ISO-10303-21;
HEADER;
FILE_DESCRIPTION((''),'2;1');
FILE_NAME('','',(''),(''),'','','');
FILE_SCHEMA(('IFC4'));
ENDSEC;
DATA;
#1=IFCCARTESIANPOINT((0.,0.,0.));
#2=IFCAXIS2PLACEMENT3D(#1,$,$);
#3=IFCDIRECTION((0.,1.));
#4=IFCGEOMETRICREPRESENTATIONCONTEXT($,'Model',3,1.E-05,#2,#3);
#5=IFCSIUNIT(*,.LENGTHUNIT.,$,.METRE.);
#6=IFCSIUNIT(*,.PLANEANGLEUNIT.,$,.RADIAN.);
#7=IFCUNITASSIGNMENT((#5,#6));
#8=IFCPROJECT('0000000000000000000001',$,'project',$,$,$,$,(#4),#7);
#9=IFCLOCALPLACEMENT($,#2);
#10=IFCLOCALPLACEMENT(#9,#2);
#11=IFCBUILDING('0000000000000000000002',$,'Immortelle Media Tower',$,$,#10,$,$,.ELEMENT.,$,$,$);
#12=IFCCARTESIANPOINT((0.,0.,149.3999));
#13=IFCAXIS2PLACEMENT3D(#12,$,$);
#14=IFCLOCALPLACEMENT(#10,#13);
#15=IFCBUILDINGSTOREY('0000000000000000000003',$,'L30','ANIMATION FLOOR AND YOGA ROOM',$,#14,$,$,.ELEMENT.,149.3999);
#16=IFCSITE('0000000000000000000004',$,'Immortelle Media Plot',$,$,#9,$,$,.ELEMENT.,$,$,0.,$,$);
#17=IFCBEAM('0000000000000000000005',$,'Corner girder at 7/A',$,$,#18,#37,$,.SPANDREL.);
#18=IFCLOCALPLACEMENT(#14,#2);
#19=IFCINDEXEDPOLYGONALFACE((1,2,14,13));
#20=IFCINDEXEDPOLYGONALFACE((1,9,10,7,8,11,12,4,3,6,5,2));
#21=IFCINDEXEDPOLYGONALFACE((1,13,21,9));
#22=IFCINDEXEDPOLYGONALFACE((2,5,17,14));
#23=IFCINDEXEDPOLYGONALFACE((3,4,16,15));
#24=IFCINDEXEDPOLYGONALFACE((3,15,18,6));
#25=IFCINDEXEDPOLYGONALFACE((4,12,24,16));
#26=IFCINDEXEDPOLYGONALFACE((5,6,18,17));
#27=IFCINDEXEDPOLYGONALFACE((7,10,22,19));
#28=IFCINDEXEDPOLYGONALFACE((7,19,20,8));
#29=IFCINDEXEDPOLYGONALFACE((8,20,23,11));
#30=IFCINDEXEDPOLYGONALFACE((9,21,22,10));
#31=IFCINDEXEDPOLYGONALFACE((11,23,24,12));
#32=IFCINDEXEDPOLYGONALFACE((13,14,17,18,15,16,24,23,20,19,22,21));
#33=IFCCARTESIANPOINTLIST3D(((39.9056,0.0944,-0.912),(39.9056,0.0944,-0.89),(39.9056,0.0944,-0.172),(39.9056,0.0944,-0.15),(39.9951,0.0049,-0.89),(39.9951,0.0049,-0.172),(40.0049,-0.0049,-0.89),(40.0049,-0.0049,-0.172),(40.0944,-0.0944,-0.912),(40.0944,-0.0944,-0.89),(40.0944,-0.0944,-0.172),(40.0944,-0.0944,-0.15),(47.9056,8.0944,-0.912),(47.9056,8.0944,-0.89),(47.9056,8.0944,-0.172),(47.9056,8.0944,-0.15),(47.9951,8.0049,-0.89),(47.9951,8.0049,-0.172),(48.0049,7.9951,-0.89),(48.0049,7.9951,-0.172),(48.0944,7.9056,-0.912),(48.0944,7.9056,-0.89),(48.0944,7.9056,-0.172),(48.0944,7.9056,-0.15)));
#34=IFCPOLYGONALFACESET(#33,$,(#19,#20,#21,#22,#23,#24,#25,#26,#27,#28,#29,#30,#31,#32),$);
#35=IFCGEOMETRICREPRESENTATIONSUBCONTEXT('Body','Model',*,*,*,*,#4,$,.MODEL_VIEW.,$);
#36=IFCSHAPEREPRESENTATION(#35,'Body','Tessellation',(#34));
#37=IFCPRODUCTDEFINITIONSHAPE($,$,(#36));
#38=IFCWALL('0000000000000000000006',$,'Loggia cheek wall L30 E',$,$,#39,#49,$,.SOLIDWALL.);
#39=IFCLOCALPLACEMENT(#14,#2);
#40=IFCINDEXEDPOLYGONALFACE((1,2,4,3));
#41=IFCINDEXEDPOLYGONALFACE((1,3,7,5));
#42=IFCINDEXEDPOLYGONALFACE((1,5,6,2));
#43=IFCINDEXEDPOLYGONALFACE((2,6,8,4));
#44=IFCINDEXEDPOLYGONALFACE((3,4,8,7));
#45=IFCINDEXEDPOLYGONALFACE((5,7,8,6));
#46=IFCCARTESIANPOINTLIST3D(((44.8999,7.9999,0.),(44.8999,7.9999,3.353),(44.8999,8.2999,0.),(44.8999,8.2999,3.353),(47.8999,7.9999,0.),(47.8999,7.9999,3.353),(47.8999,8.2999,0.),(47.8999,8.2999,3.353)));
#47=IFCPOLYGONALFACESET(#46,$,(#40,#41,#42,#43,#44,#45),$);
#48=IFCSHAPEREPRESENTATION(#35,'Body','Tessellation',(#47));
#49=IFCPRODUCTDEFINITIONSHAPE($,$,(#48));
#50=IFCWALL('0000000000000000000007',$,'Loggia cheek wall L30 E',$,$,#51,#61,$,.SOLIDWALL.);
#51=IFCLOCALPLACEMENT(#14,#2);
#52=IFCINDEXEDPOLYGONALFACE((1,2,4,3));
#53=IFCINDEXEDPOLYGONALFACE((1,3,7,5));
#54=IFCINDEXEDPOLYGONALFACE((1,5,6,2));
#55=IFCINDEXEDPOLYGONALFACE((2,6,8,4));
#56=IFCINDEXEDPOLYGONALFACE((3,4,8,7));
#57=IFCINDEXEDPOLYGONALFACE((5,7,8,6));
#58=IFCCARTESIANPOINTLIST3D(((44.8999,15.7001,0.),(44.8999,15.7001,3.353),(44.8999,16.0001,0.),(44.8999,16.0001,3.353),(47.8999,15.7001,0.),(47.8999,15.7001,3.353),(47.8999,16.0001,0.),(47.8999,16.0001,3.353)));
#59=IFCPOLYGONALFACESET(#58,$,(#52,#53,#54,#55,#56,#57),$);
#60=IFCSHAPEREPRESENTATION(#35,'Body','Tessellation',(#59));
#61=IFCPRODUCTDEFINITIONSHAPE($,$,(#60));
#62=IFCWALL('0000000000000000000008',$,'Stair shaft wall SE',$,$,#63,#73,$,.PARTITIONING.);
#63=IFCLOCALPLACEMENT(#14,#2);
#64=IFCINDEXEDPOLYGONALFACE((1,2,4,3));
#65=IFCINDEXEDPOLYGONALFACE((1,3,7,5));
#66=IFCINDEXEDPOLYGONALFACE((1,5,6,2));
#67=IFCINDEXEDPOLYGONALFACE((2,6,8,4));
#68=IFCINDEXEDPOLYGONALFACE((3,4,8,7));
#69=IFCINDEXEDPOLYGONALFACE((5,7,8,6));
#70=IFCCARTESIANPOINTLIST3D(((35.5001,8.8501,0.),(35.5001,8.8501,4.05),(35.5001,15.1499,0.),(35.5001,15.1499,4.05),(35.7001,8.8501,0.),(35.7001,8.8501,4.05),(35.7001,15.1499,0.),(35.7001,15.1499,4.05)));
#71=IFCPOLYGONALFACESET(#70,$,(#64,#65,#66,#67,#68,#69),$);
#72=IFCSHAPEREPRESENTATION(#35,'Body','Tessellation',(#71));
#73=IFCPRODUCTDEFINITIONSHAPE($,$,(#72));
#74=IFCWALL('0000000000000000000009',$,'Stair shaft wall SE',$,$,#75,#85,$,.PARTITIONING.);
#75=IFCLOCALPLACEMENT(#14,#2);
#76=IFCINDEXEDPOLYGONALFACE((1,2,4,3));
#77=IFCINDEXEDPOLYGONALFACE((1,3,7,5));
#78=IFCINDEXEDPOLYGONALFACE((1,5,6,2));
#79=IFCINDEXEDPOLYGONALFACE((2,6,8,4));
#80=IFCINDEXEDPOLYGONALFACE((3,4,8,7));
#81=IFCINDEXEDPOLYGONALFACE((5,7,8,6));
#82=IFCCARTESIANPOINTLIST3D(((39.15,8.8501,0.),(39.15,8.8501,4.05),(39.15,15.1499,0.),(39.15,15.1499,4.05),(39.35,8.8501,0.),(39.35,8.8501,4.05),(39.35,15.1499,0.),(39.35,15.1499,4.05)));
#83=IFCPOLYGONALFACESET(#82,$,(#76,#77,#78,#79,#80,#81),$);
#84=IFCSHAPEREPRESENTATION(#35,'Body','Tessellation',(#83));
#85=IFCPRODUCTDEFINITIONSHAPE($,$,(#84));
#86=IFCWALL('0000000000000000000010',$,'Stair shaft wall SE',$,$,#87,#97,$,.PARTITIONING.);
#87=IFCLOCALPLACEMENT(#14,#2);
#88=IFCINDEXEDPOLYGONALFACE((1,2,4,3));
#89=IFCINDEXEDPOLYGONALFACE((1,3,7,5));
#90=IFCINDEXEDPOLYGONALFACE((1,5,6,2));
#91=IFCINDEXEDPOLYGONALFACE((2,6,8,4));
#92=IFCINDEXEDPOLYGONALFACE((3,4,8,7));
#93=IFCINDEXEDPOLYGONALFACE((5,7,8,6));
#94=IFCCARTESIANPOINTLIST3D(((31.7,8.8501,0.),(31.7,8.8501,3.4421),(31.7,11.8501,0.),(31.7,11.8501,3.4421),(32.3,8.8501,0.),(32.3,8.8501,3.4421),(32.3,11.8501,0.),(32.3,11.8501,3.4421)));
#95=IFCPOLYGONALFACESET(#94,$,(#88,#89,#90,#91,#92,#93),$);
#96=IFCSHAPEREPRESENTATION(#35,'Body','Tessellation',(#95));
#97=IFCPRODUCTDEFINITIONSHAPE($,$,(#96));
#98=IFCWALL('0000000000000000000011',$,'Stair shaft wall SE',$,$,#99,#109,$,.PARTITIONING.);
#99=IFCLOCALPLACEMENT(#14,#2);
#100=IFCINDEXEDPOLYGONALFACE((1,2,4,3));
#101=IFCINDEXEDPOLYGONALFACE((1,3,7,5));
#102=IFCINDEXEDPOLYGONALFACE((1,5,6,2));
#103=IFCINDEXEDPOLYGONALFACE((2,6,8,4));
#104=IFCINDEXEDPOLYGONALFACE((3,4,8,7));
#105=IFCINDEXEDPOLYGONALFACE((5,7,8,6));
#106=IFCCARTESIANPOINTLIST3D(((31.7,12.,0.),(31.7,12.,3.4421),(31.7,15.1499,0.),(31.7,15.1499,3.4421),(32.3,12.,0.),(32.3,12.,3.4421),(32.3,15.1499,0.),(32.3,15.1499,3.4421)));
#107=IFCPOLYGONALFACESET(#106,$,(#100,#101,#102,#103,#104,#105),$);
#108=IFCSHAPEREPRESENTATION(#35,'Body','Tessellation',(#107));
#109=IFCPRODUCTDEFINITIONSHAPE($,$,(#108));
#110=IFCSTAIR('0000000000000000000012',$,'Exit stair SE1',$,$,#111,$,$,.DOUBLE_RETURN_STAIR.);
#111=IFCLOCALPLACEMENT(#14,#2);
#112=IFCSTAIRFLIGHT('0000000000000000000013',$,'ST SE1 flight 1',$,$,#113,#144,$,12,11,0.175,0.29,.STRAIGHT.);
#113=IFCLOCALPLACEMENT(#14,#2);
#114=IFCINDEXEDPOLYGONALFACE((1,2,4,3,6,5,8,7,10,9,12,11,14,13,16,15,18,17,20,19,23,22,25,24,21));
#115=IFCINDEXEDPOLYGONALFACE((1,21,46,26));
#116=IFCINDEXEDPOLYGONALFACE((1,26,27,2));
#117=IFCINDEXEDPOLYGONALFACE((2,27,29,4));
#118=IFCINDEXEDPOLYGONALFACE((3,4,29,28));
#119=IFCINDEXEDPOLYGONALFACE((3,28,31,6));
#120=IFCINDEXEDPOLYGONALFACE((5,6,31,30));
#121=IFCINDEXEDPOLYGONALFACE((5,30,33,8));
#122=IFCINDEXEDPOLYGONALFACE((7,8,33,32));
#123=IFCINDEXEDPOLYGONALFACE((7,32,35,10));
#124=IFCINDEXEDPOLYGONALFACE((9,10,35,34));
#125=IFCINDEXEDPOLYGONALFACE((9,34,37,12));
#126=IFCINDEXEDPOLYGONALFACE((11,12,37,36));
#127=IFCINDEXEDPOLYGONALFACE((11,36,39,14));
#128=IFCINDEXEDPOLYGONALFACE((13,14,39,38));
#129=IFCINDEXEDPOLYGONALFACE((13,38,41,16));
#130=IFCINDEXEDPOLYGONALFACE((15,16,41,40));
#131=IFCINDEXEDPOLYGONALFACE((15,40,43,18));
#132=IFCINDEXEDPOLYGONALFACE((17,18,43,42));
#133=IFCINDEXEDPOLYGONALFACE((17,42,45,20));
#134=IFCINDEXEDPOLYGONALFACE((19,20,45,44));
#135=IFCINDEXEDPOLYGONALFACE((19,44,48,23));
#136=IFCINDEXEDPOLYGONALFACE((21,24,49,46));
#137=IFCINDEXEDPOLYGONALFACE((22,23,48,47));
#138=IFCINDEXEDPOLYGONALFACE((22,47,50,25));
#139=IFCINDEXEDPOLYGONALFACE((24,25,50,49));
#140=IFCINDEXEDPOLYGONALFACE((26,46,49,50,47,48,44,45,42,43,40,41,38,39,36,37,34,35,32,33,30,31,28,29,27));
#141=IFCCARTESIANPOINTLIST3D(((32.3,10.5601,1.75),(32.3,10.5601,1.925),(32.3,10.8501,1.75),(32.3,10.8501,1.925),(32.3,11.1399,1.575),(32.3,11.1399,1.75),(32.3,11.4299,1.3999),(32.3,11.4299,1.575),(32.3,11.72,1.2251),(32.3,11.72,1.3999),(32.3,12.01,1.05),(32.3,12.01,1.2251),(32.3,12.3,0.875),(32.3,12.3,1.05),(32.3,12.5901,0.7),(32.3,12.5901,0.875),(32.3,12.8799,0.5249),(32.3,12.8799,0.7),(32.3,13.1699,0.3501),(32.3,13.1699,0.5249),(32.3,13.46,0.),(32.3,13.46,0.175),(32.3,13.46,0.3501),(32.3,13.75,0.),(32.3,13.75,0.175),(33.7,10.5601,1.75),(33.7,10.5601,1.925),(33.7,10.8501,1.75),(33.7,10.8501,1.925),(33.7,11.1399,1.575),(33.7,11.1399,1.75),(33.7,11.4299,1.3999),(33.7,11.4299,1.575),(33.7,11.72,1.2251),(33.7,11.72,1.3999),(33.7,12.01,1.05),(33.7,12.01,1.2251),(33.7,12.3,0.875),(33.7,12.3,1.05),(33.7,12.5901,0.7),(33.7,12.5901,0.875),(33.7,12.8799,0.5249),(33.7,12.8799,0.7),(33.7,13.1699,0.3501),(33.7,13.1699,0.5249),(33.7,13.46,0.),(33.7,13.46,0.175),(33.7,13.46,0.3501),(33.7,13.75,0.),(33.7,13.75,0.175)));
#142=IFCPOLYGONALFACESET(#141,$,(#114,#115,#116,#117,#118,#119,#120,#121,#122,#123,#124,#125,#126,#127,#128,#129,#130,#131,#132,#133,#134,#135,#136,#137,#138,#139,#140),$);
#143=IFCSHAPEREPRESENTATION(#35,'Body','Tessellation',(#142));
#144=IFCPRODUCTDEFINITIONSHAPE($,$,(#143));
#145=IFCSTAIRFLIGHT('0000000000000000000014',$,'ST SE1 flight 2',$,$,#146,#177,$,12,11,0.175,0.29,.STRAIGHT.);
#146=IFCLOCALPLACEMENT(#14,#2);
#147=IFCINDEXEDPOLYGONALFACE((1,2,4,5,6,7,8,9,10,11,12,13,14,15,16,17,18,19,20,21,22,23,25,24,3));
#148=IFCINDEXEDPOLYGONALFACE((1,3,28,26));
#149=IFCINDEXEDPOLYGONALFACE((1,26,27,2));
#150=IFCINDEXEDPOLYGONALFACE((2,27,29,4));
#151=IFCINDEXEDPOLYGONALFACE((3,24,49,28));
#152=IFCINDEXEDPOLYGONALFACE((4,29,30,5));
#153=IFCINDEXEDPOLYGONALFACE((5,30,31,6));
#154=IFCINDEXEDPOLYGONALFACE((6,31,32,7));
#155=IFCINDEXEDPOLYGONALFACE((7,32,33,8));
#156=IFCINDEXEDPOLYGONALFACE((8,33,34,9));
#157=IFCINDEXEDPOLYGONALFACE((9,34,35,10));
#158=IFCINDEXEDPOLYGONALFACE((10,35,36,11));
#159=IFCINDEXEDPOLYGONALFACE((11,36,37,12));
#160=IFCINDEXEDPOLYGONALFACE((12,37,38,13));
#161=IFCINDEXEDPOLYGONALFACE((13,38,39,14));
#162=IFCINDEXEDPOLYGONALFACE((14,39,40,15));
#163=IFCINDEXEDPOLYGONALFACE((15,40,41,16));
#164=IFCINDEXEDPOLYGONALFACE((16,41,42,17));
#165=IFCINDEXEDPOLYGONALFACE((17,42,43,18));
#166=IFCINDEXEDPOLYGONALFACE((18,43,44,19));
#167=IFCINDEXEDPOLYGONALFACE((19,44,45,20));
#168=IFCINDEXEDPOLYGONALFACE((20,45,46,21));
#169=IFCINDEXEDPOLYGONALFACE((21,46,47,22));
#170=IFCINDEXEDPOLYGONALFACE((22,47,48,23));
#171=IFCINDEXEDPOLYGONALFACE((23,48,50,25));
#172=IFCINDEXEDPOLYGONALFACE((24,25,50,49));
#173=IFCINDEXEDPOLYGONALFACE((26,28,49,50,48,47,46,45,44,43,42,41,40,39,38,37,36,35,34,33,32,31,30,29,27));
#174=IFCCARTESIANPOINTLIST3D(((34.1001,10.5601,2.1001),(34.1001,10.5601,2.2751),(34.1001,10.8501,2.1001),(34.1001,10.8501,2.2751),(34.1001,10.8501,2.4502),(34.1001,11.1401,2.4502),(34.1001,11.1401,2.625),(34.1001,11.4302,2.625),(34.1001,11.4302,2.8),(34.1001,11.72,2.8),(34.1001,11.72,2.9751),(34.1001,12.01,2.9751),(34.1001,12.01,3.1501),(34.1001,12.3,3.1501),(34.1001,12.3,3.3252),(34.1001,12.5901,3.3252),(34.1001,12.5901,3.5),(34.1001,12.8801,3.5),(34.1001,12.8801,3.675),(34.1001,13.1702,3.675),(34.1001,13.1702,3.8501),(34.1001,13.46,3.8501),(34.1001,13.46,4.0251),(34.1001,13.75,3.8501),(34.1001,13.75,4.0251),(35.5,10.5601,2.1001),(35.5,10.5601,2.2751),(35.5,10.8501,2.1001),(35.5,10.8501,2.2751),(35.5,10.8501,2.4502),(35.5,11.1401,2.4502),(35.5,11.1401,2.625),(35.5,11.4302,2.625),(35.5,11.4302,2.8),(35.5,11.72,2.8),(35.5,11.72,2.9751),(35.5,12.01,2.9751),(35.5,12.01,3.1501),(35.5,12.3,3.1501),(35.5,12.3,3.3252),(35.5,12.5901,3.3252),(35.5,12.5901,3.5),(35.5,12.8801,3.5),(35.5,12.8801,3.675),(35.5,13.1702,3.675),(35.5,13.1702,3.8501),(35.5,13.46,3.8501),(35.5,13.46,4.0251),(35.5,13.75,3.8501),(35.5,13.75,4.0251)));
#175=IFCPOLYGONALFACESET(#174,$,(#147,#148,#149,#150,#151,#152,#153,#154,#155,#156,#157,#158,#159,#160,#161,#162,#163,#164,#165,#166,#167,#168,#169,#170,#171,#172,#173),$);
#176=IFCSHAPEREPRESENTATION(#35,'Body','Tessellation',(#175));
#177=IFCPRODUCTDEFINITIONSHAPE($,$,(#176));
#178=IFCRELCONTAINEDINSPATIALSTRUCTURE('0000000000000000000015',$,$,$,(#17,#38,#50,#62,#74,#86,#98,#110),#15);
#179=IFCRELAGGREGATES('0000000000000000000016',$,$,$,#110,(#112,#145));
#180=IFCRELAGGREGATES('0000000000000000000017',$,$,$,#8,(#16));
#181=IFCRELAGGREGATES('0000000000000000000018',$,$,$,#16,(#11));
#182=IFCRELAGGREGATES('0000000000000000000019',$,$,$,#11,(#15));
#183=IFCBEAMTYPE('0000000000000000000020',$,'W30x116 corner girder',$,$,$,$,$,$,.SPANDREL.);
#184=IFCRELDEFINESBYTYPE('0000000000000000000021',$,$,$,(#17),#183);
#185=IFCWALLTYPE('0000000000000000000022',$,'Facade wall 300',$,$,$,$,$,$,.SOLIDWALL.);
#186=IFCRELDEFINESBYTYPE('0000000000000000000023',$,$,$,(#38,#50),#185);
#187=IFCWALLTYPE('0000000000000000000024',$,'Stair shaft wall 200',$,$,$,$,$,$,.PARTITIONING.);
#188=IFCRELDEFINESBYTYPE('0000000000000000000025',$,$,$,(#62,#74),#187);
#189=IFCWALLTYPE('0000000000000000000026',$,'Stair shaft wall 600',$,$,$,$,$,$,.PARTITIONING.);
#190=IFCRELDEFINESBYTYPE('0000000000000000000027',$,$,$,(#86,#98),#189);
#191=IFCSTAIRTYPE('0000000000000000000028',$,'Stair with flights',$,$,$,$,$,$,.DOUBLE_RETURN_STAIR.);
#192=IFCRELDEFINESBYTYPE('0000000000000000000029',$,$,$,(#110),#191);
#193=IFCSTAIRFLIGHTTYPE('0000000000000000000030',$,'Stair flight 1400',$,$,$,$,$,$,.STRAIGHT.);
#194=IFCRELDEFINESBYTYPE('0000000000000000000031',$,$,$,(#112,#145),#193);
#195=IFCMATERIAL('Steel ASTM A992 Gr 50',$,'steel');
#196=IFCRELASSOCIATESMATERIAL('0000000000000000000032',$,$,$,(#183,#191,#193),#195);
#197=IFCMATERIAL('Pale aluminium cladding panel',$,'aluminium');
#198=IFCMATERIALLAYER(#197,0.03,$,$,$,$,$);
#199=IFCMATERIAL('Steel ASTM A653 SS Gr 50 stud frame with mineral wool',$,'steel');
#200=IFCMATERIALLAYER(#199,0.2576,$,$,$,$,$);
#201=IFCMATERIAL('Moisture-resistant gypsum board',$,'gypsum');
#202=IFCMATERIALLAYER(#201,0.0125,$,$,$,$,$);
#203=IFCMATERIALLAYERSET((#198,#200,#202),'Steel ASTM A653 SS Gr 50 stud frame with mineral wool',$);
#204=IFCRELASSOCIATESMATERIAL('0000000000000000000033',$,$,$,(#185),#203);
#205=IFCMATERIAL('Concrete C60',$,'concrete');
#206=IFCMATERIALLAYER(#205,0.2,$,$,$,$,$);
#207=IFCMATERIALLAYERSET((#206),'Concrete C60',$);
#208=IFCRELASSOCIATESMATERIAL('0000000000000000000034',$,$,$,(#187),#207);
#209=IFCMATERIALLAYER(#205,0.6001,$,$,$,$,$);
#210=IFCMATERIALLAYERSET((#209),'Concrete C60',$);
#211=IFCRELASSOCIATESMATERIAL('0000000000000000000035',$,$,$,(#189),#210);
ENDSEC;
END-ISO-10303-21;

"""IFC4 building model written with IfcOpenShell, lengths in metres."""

from ifc_helpers import new_model, si_unit, direction, frame, frame_2d, origin, origin_2d, place, context, subcontext, project, spatial, polyline, rectangle, i_section, outline, extrude, material, layer, layer_set, material_profile, profile_set, type_object, element, aggregate, save


model = new_model("IFC4")

# Units and contexts
model_context = context("Model", 3, precision=1e-05, world=origin(), true_north=direction((0.0, 1.0)))
body_context = subcontext(model_context, "Body", "Model", "MODEL_VIEW")
ifc_project = project(units=[si_unit("LENGTHUNIT", "METRE"), si_unit("PLANEANGLEUNIT", "RADIAN")], contexts=[model_context])

# Site, building, storey
site_placement = place(None, origin())
site = spatial("IfcSite", under=ifc_project, at=site_placement, Name="Immortelle Media Plot", CompositionType="ELEMENT", RefElevation=0.0)
building_placement = place(site_placement, origin())
building = spatial("IfcBuilding", under=site, at=building_placement, Name="Immortelle Media Tower", CompositionType="ELEMENT")
storey_placement = place(building_placement, frame((0.0, 0.0, 149.3999)))
storey = spatial("IfcBuildingStorey", under=building, at=storey_placement, Name="L30", Description="ANIMATION FLOOR AND YOGA ROOM", CompositionType="ELEMENT", Elevation=149.3999)

# Shared definitions
ifc_material_1 = material(Name="Steel ASTM A992 Gr 50", Category="steel")

# Beam
ifc_material_profile_1 = material_profile(ifc_material_1, i_section(OverallWidth=0.2671, OverallDepth=0.762, WebThickness=0.0139, FlangeThickness=0.022, at=origin_2d()), Name="W30x116")
ifc_profile_set_1 = profile_set([ifc_material_profile_1], Name="Steel ASTM A992 Gr 50")
beam_type_1 = type_object("IfcBeamType", Name="W30x116 corner girder", PredefinedType="SPANDREL", material=ifc_profile_set_1)
beam_1_placement = place(storey_placement, frame((48.0, 8.0, -0.531), z_axis=(-0.707107, -0.707107, 0.0), x_axis=(0.707107, -0.707107, 0.0)))
element("IfcBeam", 1, at=beam_1_placement, inside=storey, type_object=beam_type_1, Name="Corner girder at 7/A", PredefinedType="SPANDREL", context=body_context, shape_type="SweptSolid", body=[
    extrude(i_section(OverallWidth=0.2671, OverallDepth=0.762, WebThickness=0.0139, FlangeThickness=0.022, at=origin_2d()), origin(), (0.0, 0.0, 1.0), 11.3137),
])

# Shared definitions
ifc_material_2 = material(Name="Pale aluminium cladding panel", Category="aluminium")
ifc_layer_1 = layer(ifc_material_2, 0.03)
ifc_material_3 = material(Name="Steel ASTM A653 SS Gr 50 stud frame with mineral wool", Category="steel")
ifc_layer_2 = layer(ifc_material_3, 0.2576)
ifc_material_4 = material(Name="Moisture-resistant gypsum board", Category="gypsum")
ifc_layer_3 = layer(ifc_material_4, 0.0125)
ifc_layer_set_1 = layer_set([ifc_layer_1, ifc_layer_2, ifc_layer_3], Name="Steel ASTM A653 SS Gr 50 stud frame with mineral wool")
wall_type_1 = type_object("IfcWallType", Name="Facade wall 300", PredefinedType="SOLIDWALL", material=ifc_layer_set_1)

# Walls
for number, where, z_axis, x_axis, name in (
    (2, (47.8999, 8.1499, 0.0), (0.0, 0.0, 1.0), (-1.0, 0.0, 0.0), "Loggia cheek wall L30 E"),
    (3, (47.8999, 15.8501, 0.0), (0.0, 0.0, 1.0), (-1.0, 0.0, 0.0), "Loggia cheek wall L30 E"),
):
    element("IfcWall", number, at=place(storey_placement, frame(where, z_axis=z_axis, x_axis=x_axis)), inside=storey, type_object=wall_type_1, Name=name, PredefinedType="SOLIDWALL", context=body_context, shape_type="SweptSolid", body=[
        extrude(rectangle(XDim=3.0, YDim=0.3, at=frame_2d((1.5, 0.0))), origin(), (0.0, 0.0, 1.0), 3.353),
    ])
ifc_material_5 = material(Name="Concrete C60", Category="concrete")
ifc_layer_4 = layer(ifc_material_5, 0.2)
ifc_layer_set_2 = layer_set([ifc_layer_4], Name="Concrete C60")
wall_type_2 = type_object("IfcWallType", Name="Stair shaft wall 200", PredefinedType="PARTITIONING", material=ifc_layer_set_2)
for number, where, z_axis, x_axis, name in (
    (4, (35.6001, 8.8501, 0.0), (0.0, 0.0, 1.0), (0.0, 1.0, 0.0), "Stair shaft wall SE"),
    (5, (39.25, 8.8501, 0.0), (0.0, 0.0, 1.0), (0.0, 1.0, 0.0), "Stair shaft wall SE"),
):
    element("IfcWall", number, at=place(storey_placement, frame(where, z_axis=z_axis, x_axis=x_axis)), inside=storey, type_object=wall_type_2, Name=name, PredefinedType="PARTITIONING", context=body_context, shape_type="SweptSolid", body=[
        extrude(rectangle(XDim=6.2998, YDim=0.2, at=frame_2d((3.1499, 0.0))), origin(), (0.0, 0.0, 1.0), 4.05),
    ])
ifc_layer_5 = layer(ifc_material_5, 0.6001)
ifc_layer_set_3 = layer_set([ifc_layer_5], Name="Concrete C60")
wall_type_3 = type_object("IfcWallType", Name="Stair shaft wall 600", PredefinedType="PARTITIONING", material=ifc_layer_set_3)
wall_1_placement = place(storey_placement, frame((32.0, 8.8501, 0.0), z_axis=(0.0, 0.0, 1.0), x_axis=(0.0, 1.0, 0.0)))
element("IfcWall", 6, at=wall_1_placement, inside=storey, type_object=wall_type_3, Name="Stair shaft wall SE", PredefinedType="PARTITIONING", context=body_context, shape_type="SweptSolid", body=[
    extrude(rectangle(XDim=3.0, YDim=0.6001, at=frame_2d((1.5, 0.0))), origin(), (0.0, 0.0, 1.0), 3.4421),
])
wall_2_placement = place(storey_placement, frame((32.0, 12.0, 0.0), z_axis=(0.0, 0.0, 1.0), x_axis=(0.0, 1.0, 0.0)))
element("IfcWall", 7, at=wall_2_placement, inside=storey, type_object=wall_type_3, Name="Stair shaft wall SE", PredefinedType="PARTITIONING", context=body_context, shape_type="SweptSolid", body=[
    extrude(rectangle(XDim=3.1499, YDim=0.6001, at=frame_2d((1.575, 0.0))), origin(), (0.0, 0.0, 1.0), 3.4421),
])

# Stair, stair flights
stair_type = type_object("IfcStairType", Name="Stair with flights", PredefinedType="DOUBLE_RETURN_STAIR", material=ifc_material_1)
stair_1_placement = place(storey_placement, origin())
stair_1 = element("IfcStair", 8, at=stair_1_placement, inside=storey, type_object=stair_type, Name="Exit stair SE1", PredefinedType="DOUBLE_RETURN_STAIR")
stair_flight_type = type_object("IfcStairFlightType", Name="Stair flight 1400", PredefinedType="STRAIGHT", material=ifc_material_1)
stair_flight_1_placement = place(storey_placement, frame((33.0, 13.75, 0.0), z_axis=(0.0, 0.0, 1.0), x_axis=(0.0, -1.0, 0.0)))
stair_flight_1 = element("IfcStairFlight", 9, at=stair_flight_1_placement, type_object=stair_flight_type, Name="ST SE1 flight 1", NumberOfRisers=12, NumberOfTreads=11, PredefinedType="STRAIGHT", RiserHeight=0.175, TreadLength=0.29, context=body_context, shape_type="SweptSolid", body=[
    extrude(outline(polyline([(0.0, 0.0), (0.0, 0.175), (0.29, 0.175), (0.29, 0.3501), (0.5801, 0.3501), (0.5801, 0.5249), (0.8701, 0.5249), (0.8701, 0.7), (1.1599, 0.7), (1.1599, 0.875), (1.45, 0.875), (1.45, 1.05), (1.74, 1.05), (1.74, 1.2251), (2.03, 1.2251), (2.03, 1.3999), (2.3201, 1.3999), (2.3201, 1.575), (2.6101, 1.575), (2.6101, 1.75), (2.8999, 1.75), (2.8999, 1.925), (3.1899, 1.925), (3.1899, 2.1001), (3.1899, 1.75), (0.29, 0.0), (0.0, 0.0)])), frame((0.0, 0.7, 0.0), z_axis=(0.0, -1.0, 0.0), x_axis=(1.0, 0.0, 0.0)), (0.0, 0.0, 1.0), 1.3999),
])
stair_flight_2_placement = place(storey_placement, frame((34.8, 10.5601, 2.1001), z_axis=(0.0, 0.0, 1.0), x_axis=(0.0, 1.0, 0.0)))
stair_flight_2 = element("IfcStairFlight", 10, at=stair_flight_2_placement, type_object=stair_flight_type, Name="ST SE1 flight 2", NumberOfRisers=12, NumberOfTreads=11, PredefinedType="STRAIGHT", RiserHeight=0.175, TreadLength=0.29, context=body_context, shape_type="SweptSolid", body=[
    extrude(outline(polyline([(0.0, 0.0), (0.0, 0.175), (0.29, 0.175), (0.29, 0.3501), (0.5801, 0.3501), (0.5801, 0.5249), (0.8701, 0.5249), (0.8701, 0.7), (1.1599, 0.7), (1.1599, 0.875), (1.45, 0.875), (1.45, 1.05), (1.74, 1.05), (1.74, 1.2251), (2.03, 1.2251), (2.03, 1.3999), (2.3201, 1.3999), (2.3201, 1.575), (2.6101, 1.575), (2.6101, 1.75), (2.8999, 1.75), (2.8999, 1.925), (3.1899, 1.925), (3.1899, 2.1001), (3.1899, 1.75), (0.29, 0.0), (0.0, 0.0)])), frame((0.0, 0.7, 0.0), z_axis=(0.0, -1.0, 0.0), x_axis=(1.0, 0.0, 0.0)), (0.0, 0.0, 1.0), 1.3999),
])
aggregate(stair_1, [stair_flight_1, stair_flight_2])

save(model, "model.ifc")
